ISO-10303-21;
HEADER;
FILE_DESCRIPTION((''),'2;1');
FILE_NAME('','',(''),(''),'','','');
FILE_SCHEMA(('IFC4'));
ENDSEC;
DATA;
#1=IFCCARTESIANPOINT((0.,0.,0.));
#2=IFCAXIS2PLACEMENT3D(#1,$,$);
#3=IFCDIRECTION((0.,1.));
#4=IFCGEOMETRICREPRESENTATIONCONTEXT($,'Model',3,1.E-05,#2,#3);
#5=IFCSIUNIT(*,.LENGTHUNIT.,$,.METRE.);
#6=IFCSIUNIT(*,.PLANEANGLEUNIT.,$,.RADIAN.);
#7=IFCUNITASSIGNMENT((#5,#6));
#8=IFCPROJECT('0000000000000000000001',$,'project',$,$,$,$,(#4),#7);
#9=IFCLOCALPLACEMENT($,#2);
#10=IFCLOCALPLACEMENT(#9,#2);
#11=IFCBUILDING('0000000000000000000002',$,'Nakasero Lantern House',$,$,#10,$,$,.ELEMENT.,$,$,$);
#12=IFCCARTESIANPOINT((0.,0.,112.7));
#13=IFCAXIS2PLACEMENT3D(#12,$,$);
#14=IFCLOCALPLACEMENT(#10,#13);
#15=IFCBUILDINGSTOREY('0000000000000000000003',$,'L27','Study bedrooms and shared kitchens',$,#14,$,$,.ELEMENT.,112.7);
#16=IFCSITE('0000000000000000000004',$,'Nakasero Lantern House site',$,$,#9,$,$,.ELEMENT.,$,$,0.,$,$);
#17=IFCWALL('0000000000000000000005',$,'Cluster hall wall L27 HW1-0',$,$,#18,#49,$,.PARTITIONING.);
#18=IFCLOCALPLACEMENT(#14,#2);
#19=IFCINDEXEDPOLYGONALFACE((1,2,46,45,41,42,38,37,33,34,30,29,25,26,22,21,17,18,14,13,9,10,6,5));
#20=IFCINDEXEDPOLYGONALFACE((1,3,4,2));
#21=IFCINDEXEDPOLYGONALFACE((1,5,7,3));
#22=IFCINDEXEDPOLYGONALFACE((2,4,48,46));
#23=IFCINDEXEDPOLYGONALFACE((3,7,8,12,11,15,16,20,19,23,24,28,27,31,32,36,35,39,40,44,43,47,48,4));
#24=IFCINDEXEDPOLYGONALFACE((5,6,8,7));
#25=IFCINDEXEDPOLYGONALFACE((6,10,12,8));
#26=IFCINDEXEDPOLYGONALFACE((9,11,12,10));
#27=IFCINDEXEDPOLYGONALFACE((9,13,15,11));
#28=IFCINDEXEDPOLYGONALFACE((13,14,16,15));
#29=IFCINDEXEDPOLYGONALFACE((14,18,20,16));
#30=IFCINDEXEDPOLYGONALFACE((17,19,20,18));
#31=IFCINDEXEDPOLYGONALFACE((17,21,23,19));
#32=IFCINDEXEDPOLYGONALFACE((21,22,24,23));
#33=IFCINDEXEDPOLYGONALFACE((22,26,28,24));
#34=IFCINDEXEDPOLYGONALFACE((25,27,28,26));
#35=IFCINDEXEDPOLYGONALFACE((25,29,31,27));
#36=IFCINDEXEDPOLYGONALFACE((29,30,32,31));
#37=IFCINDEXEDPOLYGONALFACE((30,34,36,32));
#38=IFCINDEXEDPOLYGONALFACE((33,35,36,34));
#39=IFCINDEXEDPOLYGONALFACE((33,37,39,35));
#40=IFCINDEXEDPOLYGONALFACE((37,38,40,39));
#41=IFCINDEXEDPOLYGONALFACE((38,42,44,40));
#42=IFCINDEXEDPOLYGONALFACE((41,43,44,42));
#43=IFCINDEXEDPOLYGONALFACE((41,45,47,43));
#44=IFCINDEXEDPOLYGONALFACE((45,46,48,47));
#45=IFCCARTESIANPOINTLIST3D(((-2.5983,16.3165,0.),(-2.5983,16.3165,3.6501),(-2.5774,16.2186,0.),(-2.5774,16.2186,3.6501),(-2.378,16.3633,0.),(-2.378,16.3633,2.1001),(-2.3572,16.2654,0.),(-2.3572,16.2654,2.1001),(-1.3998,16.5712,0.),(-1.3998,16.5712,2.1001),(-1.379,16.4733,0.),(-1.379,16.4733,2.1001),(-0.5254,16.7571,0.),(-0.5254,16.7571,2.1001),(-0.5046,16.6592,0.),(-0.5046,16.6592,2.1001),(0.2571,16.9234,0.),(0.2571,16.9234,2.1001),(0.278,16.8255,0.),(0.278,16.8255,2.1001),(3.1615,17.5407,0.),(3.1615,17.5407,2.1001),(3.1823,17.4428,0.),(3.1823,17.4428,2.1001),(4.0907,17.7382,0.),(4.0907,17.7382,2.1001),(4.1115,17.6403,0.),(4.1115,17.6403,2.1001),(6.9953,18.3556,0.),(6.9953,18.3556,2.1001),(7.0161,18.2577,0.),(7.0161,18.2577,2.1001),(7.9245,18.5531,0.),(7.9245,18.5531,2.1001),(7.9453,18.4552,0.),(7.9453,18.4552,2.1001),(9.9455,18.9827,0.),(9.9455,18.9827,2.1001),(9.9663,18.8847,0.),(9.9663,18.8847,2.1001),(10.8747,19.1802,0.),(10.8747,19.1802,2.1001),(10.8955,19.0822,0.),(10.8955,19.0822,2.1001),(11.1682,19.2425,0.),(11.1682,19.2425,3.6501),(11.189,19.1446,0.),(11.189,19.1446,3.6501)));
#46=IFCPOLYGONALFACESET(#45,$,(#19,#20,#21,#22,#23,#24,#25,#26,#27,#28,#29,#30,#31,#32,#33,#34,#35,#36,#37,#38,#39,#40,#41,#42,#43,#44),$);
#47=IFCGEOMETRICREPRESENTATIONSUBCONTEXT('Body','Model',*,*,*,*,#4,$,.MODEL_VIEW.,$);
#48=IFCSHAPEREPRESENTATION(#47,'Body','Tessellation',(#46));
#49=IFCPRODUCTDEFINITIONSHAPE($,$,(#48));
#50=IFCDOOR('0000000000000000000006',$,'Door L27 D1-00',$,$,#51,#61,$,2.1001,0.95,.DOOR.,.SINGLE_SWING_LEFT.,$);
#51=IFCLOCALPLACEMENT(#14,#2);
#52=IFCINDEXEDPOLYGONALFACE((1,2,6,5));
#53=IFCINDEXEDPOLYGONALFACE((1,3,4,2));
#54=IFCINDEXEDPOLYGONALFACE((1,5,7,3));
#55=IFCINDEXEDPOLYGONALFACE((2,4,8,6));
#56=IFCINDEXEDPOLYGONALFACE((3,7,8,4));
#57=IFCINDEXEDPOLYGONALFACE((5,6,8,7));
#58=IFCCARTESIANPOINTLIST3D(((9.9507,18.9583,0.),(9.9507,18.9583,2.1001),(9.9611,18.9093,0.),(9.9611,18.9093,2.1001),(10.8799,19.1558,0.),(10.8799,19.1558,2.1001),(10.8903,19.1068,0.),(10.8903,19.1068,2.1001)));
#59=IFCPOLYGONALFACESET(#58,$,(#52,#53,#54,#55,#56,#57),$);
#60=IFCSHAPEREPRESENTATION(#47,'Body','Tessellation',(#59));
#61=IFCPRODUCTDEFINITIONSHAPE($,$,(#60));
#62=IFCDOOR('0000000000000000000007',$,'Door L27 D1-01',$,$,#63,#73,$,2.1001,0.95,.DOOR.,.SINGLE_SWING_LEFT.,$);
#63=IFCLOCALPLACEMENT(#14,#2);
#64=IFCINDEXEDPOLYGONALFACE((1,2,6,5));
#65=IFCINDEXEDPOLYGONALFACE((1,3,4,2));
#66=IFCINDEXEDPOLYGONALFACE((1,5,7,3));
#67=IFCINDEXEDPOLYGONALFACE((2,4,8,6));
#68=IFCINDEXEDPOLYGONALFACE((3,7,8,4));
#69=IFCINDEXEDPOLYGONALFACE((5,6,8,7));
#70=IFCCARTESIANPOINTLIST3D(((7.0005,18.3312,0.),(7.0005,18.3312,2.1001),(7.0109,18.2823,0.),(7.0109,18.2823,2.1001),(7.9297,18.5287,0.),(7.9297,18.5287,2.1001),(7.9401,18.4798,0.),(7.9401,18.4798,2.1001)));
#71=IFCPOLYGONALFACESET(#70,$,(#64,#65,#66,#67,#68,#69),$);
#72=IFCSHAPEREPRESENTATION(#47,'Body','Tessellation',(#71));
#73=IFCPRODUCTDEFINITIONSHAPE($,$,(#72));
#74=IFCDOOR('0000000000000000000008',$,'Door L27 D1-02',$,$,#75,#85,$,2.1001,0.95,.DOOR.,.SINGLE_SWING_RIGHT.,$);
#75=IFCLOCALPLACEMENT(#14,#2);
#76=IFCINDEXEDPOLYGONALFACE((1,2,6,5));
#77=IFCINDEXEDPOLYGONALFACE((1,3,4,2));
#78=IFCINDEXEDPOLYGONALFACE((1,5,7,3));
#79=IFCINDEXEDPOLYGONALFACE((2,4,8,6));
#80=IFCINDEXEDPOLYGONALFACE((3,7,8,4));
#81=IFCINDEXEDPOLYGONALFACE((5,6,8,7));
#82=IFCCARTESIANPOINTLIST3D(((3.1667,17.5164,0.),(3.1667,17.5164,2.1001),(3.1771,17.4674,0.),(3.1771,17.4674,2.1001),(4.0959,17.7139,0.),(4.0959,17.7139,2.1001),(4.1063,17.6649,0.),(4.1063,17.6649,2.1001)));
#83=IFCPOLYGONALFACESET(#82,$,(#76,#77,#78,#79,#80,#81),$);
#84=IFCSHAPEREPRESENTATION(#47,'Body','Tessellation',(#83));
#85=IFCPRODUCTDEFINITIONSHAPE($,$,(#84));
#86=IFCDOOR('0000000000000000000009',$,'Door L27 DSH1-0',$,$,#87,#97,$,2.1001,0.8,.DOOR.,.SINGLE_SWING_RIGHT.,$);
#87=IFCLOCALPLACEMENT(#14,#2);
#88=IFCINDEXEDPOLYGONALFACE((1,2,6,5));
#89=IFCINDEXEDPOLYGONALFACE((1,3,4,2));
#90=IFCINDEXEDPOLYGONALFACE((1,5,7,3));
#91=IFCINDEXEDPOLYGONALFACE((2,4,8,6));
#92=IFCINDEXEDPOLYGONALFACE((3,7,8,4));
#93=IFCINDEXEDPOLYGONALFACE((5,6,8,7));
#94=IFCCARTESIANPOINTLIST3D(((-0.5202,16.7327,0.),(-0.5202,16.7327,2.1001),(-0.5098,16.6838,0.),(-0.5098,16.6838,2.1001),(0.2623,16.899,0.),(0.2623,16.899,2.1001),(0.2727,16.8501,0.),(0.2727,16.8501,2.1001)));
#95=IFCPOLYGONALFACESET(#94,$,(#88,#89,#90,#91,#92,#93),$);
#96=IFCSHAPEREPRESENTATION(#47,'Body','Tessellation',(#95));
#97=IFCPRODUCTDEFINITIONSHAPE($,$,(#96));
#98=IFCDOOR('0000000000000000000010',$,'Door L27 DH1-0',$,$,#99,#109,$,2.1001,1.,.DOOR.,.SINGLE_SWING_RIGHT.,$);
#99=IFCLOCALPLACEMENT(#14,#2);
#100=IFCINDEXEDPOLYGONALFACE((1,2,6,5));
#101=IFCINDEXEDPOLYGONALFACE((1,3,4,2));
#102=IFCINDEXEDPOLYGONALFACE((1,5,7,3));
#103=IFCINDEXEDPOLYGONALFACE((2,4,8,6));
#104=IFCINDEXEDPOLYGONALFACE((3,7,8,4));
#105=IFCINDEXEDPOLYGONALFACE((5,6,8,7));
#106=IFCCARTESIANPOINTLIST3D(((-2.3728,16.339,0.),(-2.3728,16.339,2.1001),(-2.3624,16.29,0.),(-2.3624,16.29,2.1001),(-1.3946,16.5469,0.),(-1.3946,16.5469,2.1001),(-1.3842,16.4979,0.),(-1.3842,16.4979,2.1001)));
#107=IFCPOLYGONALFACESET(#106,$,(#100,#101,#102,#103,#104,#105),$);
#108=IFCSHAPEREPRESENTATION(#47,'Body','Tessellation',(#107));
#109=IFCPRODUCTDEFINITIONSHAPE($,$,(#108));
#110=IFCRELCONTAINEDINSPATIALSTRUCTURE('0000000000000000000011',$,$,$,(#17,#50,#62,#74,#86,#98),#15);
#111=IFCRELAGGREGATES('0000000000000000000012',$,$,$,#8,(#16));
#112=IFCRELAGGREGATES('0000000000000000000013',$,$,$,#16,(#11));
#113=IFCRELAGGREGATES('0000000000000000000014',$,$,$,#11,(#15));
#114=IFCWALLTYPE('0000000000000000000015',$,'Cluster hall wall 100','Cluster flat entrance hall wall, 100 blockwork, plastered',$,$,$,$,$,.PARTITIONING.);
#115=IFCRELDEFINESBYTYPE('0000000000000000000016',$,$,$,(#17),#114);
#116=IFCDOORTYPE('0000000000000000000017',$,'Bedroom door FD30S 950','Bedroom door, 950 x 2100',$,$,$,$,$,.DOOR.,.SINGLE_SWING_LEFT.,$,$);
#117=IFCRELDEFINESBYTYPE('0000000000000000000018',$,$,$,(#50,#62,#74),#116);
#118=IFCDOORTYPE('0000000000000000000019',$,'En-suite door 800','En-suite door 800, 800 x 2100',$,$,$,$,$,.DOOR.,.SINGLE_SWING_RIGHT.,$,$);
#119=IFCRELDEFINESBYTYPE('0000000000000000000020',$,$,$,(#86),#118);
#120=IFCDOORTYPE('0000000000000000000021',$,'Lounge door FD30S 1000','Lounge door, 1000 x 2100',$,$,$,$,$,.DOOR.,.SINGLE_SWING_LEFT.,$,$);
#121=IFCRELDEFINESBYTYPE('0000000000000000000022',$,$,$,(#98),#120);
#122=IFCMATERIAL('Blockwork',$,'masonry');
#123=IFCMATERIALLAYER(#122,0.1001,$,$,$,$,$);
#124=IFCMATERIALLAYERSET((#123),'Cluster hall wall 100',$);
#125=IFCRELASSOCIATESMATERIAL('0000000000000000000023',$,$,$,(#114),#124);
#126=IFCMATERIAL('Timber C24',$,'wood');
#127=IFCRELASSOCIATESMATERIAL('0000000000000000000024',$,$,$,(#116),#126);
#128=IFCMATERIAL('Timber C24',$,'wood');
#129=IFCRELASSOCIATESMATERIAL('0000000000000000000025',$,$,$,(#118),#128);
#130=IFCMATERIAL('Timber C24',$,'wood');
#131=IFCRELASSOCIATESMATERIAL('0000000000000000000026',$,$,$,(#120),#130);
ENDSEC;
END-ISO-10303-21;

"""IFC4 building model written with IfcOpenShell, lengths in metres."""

from ifc_helpers import new_model, si_unit, direction, frame, frame_2d, origin, place, context, subcontext, project, spatial, rectangle, extrude, material, layer, layer_set, type_object, element, fill, save


model = new_model("IFC4")

# Units and contexts
model_context = context("Model", 3, precision=1e-05, world=origin(), true_north=direction((0.0, 1.0)))
body_context = subcontext(model_context, "Body", "Model", "MODEL_VIEW")
ifc_project = project(units=[si_unit("LENGTHUNIT", "METRE"), si_unit("PLANEANGLEUNIT", "RADIAN")], contexts=[model_context])

# Site, building, storey
site_placement = place(None, origin())
site = spatial("IfcSite", under=ifc_project, at=site_placement, Name="Nakasero Lantern House site", CompositionType="ELEMENT", RefElevation=0.0)
building_placement = place(site_placement, origin())
building = spatial("IfcBuilding", under=site, at=building_placement, Name="Nakasero Lantern House", CompositionType="ELEMENT")
storey_placement = place(building_placement, frame((0.0, 0.0, 112.7)))
storey = spatial("IfcBuildingStorey", under=building, at=storey_placement, Name="L27", Description="Study bedrooms and shared kitchens", CompositionType="ELEMENT", Elevation=112.7)

# Wall, openings, doors
ifc_material_1 = material(Name="Blockwork", Category="masonry")
ifc_layer_1 = layer(ifc_material_1, 0.1001)
ifc_layer_set_1 = layer_set([ifc_layer_1], Name="Cluster hall wall 100")
wall_type_1 = type_object("IfcWallType", Name="Cluster hall wall 100", Description="Cluster flat entrance hall wall, 100 blockwork, plastered", PredefinedType="PARTITIONING", material=ifc_layer_set_1)
wall_1_placement = place(storey_placement, frame((11.1787, 19.1936, 0.0), z_axis=(0.0, 0.0, 1.0), x_axis=(-0.978149, -0.207905, 0.0)))
wall_1 = element("IfcWall", 1, at=wall_1_placement, inside=storey, type_object=wall_type_1, Name="Cluster hall wall L27 HW1-0", PredefinedType="PARTITIONING", context=body_context, shape_type="SweptSolid", body=[
    extrude(rectangle(XDim=14.074, YDim=0.1001, at=frame_2d((7.0371, 0.0))), origin(), (0.0, 0.0, 1.0), 3.6501),
])
opening_1_placement = place(wall_1_placement, frame((12.8489, 0.0, 0.0)))
opening_1 = element("IfcOpeningElement", 2, at=opening_1_placement, cuts=wall_1, PredefinedType="OPENING", context=body_context, shape_type="SweptSolid", body=[
    extrude(rectangle(XDim=1.0, YDim=2.1001, at=frame_2d((0.5, 1.05))), frame((0.0, 0.0701, 0.0), z_axis=(0.0, -1.0, 0.0), x_axis=(1.0, 0.0, 0.0)), (0.0, 0.0, 1.0), 0.1401),
])
opening_2_placement = place(wall_1_placement, frame((11.155, 0.0, 0.0)))
opening_2 = element("IfcOpeningElement", 3, at=opening_2_placement, cuts=wall_1, PredefinedType="OPENING", context=body_context, shape_type="SweptSolid", body=[
    extrude(rectangle(XDim=0.8, YDim=2.1001, at=frame_2d((0.3999, 1.05))), frame((0.0, 0.0701, 0.0), z_axis=(0.0, -1.0, 0.0), x_axis=(1.0, 0.0, 0.0)), (0.0, 0.0, 1.0), 0.1401),
])
opening_3_placement = place(wall_1_placement, frame((0.3, 0.0, 0.0)))
opening_3 = element("IfcOpeningElement", 4, at=opening_3_placement, cuts=wall_1, PredefinedType="OPENING", context=body_context, shape_type="SweptSolid", body=[
    extrude(rectangle(XDim=0.95, YDim=2.1001, at=frame_2d((0.4751, 1.05))), frame((0.0, 0.0701, 0.0), z_axis=(0.0, -1.0, 0.0), x_axis=(1.0, 0.0, 0.0)), (0.0, 0.0, 1.0), 0.1401),
])
opening_4_placement = place(wall_1_placement, frame((3.3162, 0.0, 0.0)))
opening_4 = element("IfcOpeningElement", 5, at=opening_4_placement, cuts=wall_1, PredefinedType="OPENING", context=body_context, shape_type="SweptSolid", body=[
    extrude(rectangle(XDim=0.95, YDim=2.1001, at=frame_2d((0.4751, 1.05))), frame((0.0, 0.0701, 0.0), z_axis=(0.0, -1.0, 0.0), x_axis=(1.0, 0.0, 0.0)), (0.0, 0.0, 1.0), 0.1401),
])
opening_5_placement = place(wall_1_placement, frame((7.2356, 0.0, 0.0)))
opening_5 = element("IfcOpeningElement", 6, at=opening_5_placement, cuts=wall_1, PredefinedType="OPENING", context=body_context, shape_type="SweptSolid", body=[
    extrude(rectangle(XDim=0.95, YDim=2.1001, at=frame_2d((0.4751, 1.05))), frame((0.0, 0.0701, 0.0), z_axis=(0.0, -1.0, 0.0), x_axis=(1.0, 0.0, 0.0)), (0.0, 0.0, 1.0), 0.1401),
])
ifc_material_2 = material(Name="Timber C24", Category="wood")
door_type_1 = type_object("IfcDoorType", Name="Bedroom door FD30S 950", Description="Bedroom door, 950 x 2100", OperationType="SINGLE_SWING_LEFT", PredefinedType="DOOR", material=ifc_material_2)
door_1_placement = place(opening_3_placement, origin())
door_1 = element("IfcDoor", 7, at=door_1_placement, inside=storey, type_object=door_type_1, Name="Door L27 D1-00", OperationType="SINGLE_SWING_LEFT", OverallHeight=2.1001, OverallWidth=0.95, PredefinedType="DOOR", context=body_context, shape_type="SweptSolid", body=[
    extrude(rectangle(XDim=0.95, YDim=2.1001, at=frame_2d((0.4751, 1.05))), frame((0.0, 0.0249, 0.0), z_axis=(0.0, -1.0, 0.0), x_axis=(1.0, 0.0, 0.0)), (0.0, 0.0, 1.0), 0.05),
])
fill(opening_3, door_1)
door_2_placement = place(opening_4_placement, origin())
door_2 = element("IfcDoor", 8, at=door_2_placement, inside=storey, type_object=door_type_1, Name="Door L27 D1-01", OperationType="SINGLE_SWING_LEFT", OverallHeight=2.1001, OverallWidth=0.95, PredefinedType="DOOR", context=body_context, shape_type="SweptSolid", body=[
    extrude(rectangle(XDim=0.95, YDim=2.1001, at=frame_2d((0.4751, 1.05))), frame((0.0, 0.0249, 0.0), z_axis=(0.0, -1.0, 0.0), x_axis=(1.0, 0.0, 0.0)), (0.0, 0.0, 1.0), 0.05),
])
fill(opening_4, door_2)
door_3_placement = place(opening_5_placement, origin())
door_3 = element("IfcDoor", 9, at=door_3_placement, inside=storey, type_object=door_type_1, Name="Door L27 D1-02", OperationType="SINGLE_SWING_RIGHT", OverallHeight=2.1001, OverallWidth=0.95, PredefinedType="DOOR", context=body_context, shape_type="SweptSolid", body=[
    extrude(rectangle(XDim=0.95, YDim=2.1001, at=frame_2d((0.4751, 1.05))), frame((0.0, 0.0249, 0.0), z_axis=(0.0, -1.0, 0.0), x_axis=(1.0, 0.0, 0.0)), (0.0, 0.0, 1.0), 0.05),
])
fill(opening_5, door_3)
ifc_material_3 = material(Name="Timber C24", Category="wood")
door_type_2 = type_object("IfcDoorType", Name="En-suite door 800", Description="En-suite door 800, 800 x 2100", OperationType="SINGLE_SWING_RIGHT", PredefinedType="DOOR", material=ifc_material_3)
door_4_placement = place(opening_2_placement, origin())
door_4 = element("IfcDoor", 10, at=door_4_placement, inside=storey, type_object=door_type_2, Name="Door L27 DSH1-0", OperationType="SINGLE_SWING_RIGHT", OverallHeight=2.1001, OverallWidth=0.8, PredefinedType="DOOR", context=body_context, shape_type="SweptSolid", body=[
    extrude(rectangle(XDim=0.8, YDim=2.1001, at=frame_2d((0.3999, 1.05))), frame((0.0, 0.0249, 0.0), z_axis=(0.0, -1.0, 0.0), x_axis=(1.0, 0.0, 0.0)), (0.0, 0.0, 1.0), 0.05),
])
fill(opening_2, door_4)
ifc_material_4 = material(Name="Timber C24", Category="wood")
door_type_3 = type_object("IfcDoorType", Name="Lounge door FD30S 1000", Description="Lounge door, 1000 x 2100", OperationType="SINGLE_SWING_LEFT", PredefinedType="DOOR", material=ifc_material_4)
door_5_placement = place(opening_1_placement, origin())
door_5 = element("IfcDoor", 11, at=door_5_placement, inside=storey, type_object=door_type_3, Name="Door L27 DH1-0", OperationType="SINGLE_SWING_RIGHT", OverallHeight=2.1001, OverallWidth=1.0, PredefinedType="DOOR", context=body_context, shape_type="SweptSolid", body=[
    extrude(rectangle(XDim=1.0, YDim=2.1001, at=frame_2d((0.5, 1.05))), frame((0.0, 0.0249, 0.0), z_axis=(0.0, -1.0, 0.0), x_axis=(1.0, 0.0, 0.0)), (0.0, 0.0, 1.0), 0.05),
])
fill(opening_1, door_5)

save(model, "model.ifc")
